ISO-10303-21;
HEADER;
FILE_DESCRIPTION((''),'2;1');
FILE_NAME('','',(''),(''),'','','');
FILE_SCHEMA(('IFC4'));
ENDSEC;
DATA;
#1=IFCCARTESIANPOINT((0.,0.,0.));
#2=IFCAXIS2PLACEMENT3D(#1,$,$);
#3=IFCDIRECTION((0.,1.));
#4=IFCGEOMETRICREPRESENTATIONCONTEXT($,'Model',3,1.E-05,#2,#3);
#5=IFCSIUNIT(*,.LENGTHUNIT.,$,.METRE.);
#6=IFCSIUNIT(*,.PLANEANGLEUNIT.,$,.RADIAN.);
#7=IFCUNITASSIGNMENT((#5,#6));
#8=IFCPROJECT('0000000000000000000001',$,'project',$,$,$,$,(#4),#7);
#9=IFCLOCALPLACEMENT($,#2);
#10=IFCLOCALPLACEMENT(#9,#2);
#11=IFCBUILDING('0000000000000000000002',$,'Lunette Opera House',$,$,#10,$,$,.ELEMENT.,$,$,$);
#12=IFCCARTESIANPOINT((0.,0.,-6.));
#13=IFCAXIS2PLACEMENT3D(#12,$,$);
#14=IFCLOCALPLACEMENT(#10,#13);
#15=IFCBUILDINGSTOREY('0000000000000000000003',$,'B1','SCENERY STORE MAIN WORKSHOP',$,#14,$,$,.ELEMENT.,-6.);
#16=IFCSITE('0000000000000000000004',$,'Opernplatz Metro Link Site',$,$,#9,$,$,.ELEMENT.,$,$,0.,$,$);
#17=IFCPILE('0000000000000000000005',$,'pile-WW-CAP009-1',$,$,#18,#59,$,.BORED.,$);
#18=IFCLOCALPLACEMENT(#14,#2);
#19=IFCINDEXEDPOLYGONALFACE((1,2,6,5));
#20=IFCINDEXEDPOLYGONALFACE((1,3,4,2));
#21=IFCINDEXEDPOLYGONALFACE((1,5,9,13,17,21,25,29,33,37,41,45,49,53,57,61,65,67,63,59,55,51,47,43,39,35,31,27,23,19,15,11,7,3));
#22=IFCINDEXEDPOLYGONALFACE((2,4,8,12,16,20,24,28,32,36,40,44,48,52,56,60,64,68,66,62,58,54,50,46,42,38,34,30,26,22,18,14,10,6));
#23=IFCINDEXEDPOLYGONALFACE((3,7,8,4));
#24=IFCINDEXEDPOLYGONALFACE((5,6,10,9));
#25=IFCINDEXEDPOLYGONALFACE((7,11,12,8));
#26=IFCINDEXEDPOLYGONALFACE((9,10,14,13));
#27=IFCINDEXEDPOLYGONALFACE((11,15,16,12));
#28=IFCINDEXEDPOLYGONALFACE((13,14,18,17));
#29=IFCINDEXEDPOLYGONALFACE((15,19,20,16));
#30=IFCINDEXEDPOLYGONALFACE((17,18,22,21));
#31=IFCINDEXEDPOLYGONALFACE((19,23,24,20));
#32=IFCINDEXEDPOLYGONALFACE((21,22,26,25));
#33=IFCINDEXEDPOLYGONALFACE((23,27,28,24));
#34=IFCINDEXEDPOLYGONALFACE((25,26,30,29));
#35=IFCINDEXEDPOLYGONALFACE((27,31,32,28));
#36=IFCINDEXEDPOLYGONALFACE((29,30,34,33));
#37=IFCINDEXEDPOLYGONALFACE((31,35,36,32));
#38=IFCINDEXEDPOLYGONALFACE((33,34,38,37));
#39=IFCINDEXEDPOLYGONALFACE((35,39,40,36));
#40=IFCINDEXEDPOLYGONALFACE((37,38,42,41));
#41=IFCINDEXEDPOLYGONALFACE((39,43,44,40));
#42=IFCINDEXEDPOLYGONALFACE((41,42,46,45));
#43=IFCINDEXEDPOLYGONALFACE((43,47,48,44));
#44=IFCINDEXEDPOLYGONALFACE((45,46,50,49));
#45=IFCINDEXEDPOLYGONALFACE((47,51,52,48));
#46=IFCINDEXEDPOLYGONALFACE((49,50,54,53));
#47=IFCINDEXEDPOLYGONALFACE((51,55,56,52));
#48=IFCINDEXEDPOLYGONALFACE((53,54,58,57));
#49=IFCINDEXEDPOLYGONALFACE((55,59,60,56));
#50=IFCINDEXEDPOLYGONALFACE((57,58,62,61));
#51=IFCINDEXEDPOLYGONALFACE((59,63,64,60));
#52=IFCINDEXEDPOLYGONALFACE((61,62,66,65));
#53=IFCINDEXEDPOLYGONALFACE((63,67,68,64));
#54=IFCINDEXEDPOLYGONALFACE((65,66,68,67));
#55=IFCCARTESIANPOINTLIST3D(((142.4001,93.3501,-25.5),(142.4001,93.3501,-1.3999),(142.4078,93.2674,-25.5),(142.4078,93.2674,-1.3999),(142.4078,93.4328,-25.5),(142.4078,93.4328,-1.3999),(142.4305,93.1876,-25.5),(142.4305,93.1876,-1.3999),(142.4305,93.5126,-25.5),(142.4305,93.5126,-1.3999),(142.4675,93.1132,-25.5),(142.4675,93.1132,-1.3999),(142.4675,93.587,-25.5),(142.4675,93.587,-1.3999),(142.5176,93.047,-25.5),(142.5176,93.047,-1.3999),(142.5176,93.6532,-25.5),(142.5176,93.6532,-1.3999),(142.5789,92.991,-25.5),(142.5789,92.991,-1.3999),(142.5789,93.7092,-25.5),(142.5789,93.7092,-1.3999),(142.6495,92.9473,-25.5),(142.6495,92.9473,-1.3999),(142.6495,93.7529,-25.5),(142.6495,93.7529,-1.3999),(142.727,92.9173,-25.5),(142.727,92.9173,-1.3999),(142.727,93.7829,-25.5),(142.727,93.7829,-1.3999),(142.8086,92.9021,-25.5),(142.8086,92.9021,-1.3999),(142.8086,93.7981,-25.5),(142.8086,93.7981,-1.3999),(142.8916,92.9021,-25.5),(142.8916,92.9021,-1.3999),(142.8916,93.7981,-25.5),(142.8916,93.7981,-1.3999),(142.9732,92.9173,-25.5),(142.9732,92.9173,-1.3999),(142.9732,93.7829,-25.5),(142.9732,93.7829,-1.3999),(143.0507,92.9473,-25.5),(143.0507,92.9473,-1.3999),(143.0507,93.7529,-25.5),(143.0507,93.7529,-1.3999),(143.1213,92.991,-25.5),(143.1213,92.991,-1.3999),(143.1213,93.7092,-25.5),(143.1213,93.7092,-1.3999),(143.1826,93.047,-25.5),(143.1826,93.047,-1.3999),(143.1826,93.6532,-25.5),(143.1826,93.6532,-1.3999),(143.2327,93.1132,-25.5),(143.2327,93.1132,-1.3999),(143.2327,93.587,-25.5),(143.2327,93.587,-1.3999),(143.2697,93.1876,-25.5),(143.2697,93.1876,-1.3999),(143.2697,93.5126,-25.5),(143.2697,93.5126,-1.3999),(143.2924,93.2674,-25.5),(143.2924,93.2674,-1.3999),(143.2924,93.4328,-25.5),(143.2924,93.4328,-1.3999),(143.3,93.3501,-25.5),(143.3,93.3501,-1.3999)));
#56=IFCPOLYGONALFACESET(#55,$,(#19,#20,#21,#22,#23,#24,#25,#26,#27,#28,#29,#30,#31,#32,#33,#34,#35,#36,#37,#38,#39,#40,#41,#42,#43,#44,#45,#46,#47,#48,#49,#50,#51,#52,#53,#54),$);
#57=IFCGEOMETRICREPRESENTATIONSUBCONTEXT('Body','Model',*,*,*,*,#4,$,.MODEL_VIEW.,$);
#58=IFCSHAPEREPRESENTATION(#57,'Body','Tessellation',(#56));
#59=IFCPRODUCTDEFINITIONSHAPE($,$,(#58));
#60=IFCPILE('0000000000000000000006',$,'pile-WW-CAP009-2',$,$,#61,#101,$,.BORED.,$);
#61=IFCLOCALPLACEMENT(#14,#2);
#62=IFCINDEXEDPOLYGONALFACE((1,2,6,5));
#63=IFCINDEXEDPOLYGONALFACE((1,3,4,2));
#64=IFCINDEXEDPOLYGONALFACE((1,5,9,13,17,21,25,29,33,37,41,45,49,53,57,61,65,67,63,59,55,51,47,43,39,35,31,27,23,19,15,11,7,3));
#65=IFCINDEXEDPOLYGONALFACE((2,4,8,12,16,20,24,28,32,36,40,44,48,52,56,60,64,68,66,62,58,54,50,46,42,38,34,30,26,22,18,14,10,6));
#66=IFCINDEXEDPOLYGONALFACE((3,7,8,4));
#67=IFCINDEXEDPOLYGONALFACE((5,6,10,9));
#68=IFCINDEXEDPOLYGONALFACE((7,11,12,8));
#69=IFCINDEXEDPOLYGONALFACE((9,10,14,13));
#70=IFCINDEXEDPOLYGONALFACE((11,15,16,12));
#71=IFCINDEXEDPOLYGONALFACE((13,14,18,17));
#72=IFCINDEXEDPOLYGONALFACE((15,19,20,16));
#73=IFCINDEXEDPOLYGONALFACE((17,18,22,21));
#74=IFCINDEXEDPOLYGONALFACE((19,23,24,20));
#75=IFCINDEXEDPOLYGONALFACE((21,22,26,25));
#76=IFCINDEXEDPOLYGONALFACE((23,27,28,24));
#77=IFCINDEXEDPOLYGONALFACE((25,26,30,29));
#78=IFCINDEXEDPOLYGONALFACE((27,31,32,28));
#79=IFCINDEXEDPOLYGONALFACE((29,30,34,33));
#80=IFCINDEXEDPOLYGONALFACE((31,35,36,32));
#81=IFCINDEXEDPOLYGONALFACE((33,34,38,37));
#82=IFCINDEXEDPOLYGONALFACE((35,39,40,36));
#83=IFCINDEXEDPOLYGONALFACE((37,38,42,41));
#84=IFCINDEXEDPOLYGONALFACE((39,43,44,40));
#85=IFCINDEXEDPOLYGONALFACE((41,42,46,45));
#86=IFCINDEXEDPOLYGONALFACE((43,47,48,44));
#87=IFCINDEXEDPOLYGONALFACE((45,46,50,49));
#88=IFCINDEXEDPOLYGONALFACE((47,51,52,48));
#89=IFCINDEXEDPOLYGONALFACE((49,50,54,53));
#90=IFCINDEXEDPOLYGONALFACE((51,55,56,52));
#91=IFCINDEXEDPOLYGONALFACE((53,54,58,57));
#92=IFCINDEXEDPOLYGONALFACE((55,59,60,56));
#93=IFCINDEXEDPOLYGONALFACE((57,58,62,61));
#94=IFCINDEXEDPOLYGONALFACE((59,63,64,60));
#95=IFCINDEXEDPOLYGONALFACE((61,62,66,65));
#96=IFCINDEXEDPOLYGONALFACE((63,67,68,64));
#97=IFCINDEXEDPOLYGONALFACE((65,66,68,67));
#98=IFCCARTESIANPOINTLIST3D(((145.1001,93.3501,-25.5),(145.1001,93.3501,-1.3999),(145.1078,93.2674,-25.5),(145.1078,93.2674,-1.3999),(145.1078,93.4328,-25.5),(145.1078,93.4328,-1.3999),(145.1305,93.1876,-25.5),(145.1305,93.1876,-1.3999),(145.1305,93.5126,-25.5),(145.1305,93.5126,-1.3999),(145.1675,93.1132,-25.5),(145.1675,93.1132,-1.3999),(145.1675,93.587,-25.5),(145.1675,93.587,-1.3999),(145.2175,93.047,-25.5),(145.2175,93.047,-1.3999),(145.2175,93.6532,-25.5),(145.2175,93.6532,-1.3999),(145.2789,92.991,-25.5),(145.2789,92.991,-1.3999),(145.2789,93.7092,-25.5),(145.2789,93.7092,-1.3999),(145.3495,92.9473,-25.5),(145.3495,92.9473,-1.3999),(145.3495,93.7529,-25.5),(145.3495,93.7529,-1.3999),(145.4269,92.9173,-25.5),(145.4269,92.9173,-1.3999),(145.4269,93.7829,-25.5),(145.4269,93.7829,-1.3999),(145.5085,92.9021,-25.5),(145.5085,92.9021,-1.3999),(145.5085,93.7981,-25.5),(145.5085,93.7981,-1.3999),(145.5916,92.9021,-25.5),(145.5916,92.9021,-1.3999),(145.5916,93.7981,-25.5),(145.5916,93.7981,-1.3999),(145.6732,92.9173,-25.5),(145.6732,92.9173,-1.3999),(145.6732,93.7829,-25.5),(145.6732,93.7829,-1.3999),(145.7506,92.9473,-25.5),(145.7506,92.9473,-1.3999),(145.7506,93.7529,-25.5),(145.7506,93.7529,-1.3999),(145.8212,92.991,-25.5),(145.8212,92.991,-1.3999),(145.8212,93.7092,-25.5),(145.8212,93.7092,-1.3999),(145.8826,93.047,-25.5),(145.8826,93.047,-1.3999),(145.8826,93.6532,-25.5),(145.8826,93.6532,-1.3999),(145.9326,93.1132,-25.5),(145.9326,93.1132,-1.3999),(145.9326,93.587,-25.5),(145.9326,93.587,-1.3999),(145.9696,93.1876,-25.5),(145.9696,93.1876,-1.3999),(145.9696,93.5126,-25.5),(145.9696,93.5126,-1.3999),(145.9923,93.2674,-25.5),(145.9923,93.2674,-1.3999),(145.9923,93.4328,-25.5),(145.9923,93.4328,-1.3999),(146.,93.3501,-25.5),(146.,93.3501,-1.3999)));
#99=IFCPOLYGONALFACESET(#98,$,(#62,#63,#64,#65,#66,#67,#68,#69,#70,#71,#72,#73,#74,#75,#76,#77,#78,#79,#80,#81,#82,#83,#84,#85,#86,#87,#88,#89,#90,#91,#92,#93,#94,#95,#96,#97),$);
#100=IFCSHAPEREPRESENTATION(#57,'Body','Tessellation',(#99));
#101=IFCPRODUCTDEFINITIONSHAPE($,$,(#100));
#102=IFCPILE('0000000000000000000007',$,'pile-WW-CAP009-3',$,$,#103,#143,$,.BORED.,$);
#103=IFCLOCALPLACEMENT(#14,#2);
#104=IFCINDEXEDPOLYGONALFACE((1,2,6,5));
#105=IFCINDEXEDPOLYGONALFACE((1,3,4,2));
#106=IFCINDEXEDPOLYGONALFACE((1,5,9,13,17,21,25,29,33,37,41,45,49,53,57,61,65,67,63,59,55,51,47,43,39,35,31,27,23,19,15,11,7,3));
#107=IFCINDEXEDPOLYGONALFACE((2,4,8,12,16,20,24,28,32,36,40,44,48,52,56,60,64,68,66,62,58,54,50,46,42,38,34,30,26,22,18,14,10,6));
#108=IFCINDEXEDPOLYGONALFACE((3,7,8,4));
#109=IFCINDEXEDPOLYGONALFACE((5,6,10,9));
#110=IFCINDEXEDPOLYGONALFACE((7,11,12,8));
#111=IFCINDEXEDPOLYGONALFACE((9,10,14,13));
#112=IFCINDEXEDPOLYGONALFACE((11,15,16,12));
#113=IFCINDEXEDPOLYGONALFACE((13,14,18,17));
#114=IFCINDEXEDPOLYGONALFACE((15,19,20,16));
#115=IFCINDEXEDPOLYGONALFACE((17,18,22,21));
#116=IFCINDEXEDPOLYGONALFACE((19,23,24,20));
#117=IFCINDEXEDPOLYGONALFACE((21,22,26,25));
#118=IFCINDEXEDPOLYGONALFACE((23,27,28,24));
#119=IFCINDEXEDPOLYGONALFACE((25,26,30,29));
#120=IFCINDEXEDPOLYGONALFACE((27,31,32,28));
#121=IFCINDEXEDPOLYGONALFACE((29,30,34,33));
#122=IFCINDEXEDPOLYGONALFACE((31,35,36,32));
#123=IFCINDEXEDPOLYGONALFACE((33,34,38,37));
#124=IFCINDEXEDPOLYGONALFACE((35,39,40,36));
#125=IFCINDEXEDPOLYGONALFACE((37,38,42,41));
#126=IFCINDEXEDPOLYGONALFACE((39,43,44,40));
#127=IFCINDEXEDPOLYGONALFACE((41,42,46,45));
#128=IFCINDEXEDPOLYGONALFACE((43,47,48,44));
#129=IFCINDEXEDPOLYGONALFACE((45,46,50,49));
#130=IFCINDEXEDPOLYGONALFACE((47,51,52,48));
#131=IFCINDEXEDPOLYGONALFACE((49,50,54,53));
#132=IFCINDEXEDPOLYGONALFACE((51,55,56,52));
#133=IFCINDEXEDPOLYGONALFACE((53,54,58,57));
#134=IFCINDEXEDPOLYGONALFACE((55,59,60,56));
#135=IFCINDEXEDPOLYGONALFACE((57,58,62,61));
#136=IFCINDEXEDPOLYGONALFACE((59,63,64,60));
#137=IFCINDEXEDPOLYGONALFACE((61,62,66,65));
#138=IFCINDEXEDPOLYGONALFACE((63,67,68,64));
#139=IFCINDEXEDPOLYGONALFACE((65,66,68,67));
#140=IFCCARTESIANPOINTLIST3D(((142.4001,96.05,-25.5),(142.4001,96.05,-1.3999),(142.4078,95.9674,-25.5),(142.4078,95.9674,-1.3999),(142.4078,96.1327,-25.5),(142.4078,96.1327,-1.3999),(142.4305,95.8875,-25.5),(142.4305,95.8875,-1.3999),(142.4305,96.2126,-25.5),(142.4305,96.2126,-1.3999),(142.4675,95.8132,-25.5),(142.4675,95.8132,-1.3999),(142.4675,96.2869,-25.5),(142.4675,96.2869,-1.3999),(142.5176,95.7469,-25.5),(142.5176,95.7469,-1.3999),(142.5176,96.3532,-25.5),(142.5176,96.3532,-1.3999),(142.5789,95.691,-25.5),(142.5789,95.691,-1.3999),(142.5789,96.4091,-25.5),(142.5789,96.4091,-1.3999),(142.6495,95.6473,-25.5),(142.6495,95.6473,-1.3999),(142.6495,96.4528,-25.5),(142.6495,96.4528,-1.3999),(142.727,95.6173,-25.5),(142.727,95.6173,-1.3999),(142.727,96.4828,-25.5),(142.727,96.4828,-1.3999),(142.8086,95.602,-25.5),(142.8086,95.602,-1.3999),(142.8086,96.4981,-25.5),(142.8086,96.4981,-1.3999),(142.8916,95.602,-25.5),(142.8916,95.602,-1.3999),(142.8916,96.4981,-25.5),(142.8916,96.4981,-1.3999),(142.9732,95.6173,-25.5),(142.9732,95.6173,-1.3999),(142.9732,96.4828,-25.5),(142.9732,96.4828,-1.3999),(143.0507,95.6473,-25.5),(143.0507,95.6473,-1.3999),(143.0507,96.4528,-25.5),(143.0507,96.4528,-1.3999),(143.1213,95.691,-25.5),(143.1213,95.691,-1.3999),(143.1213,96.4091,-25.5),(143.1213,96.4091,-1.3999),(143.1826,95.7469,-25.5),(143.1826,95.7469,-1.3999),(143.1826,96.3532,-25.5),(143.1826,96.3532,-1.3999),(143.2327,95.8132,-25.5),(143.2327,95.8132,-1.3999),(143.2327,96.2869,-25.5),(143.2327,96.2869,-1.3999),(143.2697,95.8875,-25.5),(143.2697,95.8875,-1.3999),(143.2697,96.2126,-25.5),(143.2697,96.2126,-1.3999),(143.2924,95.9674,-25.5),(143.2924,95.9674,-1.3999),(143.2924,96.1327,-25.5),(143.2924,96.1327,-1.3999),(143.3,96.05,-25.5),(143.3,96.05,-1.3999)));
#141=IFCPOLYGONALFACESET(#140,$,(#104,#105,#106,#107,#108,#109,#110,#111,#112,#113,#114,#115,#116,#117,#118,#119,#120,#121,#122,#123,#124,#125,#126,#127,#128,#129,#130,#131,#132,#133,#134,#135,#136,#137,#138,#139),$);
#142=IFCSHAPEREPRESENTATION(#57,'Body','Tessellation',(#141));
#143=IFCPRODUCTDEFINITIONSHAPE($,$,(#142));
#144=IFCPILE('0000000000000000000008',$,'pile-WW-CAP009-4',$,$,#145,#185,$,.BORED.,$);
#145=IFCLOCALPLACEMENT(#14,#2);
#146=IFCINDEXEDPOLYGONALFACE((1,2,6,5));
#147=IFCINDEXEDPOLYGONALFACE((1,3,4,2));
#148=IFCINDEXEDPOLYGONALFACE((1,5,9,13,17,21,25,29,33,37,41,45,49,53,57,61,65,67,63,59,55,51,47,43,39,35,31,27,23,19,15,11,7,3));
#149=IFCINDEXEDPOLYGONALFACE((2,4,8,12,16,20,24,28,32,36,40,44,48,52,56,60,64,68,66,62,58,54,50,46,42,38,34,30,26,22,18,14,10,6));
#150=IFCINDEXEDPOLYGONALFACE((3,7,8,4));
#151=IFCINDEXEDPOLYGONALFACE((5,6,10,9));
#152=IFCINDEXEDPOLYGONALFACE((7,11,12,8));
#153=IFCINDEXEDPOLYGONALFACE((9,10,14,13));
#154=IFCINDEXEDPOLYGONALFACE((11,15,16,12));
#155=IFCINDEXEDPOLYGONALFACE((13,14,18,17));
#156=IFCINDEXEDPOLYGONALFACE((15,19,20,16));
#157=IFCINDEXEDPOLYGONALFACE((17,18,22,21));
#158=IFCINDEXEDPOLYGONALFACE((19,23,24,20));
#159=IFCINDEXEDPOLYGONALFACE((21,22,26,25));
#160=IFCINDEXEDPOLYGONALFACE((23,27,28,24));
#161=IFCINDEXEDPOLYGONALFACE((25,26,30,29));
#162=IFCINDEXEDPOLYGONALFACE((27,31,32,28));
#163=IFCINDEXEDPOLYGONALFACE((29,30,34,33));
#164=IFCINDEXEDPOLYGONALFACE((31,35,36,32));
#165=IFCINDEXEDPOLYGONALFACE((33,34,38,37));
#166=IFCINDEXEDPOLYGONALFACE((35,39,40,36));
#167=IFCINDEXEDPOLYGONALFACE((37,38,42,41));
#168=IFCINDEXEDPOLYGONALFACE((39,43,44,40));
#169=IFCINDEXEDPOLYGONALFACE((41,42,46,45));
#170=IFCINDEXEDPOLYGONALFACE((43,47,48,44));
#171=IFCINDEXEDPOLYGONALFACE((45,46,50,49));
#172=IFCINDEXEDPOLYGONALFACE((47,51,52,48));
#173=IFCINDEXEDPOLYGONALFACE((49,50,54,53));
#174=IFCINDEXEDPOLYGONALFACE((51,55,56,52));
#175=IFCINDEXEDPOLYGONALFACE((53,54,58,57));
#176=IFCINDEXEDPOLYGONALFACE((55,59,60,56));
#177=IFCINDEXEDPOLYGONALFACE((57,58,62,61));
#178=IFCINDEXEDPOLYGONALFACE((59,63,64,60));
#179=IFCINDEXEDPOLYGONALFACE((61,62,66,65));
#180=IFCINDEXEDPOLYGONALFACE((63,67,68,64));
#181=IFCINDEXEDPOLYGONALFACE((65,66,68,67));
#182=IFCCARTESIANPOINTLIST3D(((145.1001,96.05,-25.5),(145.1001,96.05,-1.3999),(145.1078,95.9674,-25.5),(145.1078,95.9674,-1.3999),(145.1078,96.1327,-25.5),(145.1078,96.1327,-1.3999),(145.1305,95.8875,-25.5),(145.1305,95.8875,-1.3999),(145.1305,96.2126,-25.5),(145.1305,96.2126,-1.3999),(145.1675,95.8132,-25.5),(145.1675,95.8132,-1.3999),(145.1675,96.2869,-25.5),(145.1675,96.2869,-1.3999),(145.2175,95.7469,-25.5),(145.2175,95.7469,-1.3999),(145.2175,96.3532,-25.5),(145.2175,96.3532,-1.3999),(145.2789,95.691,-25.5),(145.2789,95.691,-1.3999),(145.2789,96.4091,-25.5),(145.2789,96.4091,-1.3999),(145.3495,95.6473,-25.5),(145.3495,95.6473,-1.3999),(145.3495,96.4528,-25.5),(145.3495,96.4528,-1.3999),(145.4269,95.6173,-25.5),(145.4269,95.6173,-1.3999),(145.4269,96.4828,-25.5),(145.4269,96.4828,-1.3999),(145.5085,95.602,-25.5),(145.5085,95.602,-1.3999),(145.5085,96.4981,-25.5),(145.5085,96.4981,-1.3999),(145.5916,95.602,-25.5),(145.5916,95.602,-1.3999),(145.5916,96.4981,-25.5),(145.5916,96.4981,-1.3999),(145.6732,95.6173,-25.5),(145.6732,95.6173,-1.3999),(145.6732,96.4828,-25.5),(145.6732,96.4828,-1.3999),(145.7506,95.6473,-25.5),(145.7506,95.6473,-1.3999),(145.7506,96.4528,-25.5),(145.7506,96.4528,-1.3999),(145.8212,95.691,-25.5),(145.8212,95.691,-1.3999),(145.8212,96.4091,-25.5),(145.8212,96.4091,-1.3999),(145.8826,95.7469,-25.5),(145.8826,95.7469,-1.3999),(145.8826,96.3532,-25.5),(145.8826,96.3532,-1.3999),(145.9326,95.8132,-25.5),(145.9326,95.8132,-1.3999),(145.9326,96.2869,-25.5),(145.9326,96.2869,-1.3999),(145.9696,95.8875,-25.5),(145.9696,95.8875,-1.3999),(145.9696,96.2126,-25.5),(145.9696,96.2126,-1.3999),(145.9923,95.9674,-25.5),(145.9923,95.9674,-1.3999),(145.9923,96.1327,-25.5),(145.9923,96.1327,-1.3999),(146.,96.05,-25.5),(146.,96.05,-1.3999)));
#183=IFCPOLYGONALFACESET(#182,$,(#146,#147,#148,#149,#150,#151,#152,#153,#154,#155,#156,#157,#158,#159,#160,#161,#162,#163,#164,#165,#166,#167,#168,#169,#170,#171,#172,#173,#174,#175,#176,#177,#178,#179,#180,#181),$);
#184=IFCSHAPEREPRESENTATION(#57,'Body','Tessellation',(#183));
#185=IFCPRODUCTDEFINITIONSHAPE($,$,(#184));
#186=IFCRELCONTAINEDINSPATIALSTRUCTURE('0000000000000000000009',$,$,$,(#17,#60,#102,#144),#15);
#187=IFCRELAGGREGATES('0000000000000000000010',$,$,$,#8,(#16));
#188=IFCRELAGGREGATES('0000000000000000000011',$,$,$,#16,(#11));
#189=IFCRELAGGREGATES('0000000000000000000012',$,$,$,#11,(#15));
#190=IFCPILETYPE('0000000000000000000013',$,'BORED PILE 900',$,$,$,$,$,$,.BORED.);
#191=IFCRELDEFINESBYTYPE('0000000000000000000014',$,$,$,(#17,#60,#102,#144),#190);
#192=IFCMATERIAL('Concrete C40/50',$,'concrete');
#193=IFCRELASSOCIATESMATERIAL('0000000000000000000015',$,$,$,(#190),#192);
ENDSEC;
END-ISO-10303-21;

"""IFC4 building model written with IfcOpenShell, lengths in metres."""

from ifc_helpers import new_model, si_unit, direction, frame, origin, origin_2d, place, context, subcontext, project, spatial, circle, extrude, material, material_profile, profile_set, type_object, element, save


model = new_model("IFC4")

# Units and contexts
model_context = context("Model", 3, precision=1e-05, world=origin(), true_north=direction((0.0, 1.0)))
body_context = subcontext(model_context, "Body", "Model", "MODEL_VIEW")
ifc_project = project(units=[si_unit("LENGTHUNIT", "METRE"), si_unit("PLANEANGLEUNIT", "RADIAN")], contexts=[model_context])

# Site, building, storey
site_placement = place(None, origin())
site = spatial("IfcSite", under=ifc_project, at=site_placement, Name="Opernplatz Metro Link Site", CompositionType="ELEMENT", RefElevation=0.0)
building_placement = place(site_placement, origin())
building = spatial("IfcBuilding", under=site, at=building_placement, Name="Lunette Opera House", CompositionType="ELEMENT")
storey_placement = place(building_placement, frame((0.0, 0.0, -6.0)))
storey = spatial("IfcBuildingStorey", under=building, at=storey_placement, Name="B1", Description="SCENERY STORE MAIN WORKSHOP", CompositionType="ELEMENT", Elevation=-6.0)

# Piles
ifc_material_1 = material(Name="Concrete C40/50", Category="concrete")
ifc_material_profile_1 = material_profile(ifc_material_1, circle(Radius=0.45, at=origin_2d()), Name="BORED PILE 900")
ifc_profile_set_1 = profile_set([ifc_material_profile_1], Name="Concrete C40/50")
pile_type = type_object("IfcPileType", Name="BORED PILE 900", PredefinedType="BORED", material=ifc_profile_set_1)
for number, where, z_axis, x_axis, name in (
    (1, (142.8501, 93.3501, -1.3999), (0.0, 0.0, -1.0), (1.0, 0.0, 0.0), "pile-WW-CAP009-1"),
    (2, (145.55, 93.3501, -1.3999), (0.0, 0.0, -1.0), (1.0, 0.0, 0.0), "pile-WW-CAP009-2"),
    (3, (142.8501, 96.05, -1.3999), (0.0, 0.0, -1.0), (1.0, 0.0, 0.0), "pile-WW-CAP009-3"),
    (4, (145.55, 96.05, -1.3999), (0.0, 0.0, -1.0), (1.0, 0.0, 0.0), "pile-WW-CAP009-4"),
):
    element("IfcPile", number, at=place(storey_placement, frame(where, z_axis=z_axis, x_axis=x_axis)), inside=storey, type_object=pile_type, Name=name, PredefinedType="BORED", context=body_context, shape_type="SweptSolid", body=[
        extrude(circle(Radius=0.45, at=origin_2d()), origin(), (0.0, 0.0, 1.0), 24.1001),
    ])

save(model, "model.ifc")
